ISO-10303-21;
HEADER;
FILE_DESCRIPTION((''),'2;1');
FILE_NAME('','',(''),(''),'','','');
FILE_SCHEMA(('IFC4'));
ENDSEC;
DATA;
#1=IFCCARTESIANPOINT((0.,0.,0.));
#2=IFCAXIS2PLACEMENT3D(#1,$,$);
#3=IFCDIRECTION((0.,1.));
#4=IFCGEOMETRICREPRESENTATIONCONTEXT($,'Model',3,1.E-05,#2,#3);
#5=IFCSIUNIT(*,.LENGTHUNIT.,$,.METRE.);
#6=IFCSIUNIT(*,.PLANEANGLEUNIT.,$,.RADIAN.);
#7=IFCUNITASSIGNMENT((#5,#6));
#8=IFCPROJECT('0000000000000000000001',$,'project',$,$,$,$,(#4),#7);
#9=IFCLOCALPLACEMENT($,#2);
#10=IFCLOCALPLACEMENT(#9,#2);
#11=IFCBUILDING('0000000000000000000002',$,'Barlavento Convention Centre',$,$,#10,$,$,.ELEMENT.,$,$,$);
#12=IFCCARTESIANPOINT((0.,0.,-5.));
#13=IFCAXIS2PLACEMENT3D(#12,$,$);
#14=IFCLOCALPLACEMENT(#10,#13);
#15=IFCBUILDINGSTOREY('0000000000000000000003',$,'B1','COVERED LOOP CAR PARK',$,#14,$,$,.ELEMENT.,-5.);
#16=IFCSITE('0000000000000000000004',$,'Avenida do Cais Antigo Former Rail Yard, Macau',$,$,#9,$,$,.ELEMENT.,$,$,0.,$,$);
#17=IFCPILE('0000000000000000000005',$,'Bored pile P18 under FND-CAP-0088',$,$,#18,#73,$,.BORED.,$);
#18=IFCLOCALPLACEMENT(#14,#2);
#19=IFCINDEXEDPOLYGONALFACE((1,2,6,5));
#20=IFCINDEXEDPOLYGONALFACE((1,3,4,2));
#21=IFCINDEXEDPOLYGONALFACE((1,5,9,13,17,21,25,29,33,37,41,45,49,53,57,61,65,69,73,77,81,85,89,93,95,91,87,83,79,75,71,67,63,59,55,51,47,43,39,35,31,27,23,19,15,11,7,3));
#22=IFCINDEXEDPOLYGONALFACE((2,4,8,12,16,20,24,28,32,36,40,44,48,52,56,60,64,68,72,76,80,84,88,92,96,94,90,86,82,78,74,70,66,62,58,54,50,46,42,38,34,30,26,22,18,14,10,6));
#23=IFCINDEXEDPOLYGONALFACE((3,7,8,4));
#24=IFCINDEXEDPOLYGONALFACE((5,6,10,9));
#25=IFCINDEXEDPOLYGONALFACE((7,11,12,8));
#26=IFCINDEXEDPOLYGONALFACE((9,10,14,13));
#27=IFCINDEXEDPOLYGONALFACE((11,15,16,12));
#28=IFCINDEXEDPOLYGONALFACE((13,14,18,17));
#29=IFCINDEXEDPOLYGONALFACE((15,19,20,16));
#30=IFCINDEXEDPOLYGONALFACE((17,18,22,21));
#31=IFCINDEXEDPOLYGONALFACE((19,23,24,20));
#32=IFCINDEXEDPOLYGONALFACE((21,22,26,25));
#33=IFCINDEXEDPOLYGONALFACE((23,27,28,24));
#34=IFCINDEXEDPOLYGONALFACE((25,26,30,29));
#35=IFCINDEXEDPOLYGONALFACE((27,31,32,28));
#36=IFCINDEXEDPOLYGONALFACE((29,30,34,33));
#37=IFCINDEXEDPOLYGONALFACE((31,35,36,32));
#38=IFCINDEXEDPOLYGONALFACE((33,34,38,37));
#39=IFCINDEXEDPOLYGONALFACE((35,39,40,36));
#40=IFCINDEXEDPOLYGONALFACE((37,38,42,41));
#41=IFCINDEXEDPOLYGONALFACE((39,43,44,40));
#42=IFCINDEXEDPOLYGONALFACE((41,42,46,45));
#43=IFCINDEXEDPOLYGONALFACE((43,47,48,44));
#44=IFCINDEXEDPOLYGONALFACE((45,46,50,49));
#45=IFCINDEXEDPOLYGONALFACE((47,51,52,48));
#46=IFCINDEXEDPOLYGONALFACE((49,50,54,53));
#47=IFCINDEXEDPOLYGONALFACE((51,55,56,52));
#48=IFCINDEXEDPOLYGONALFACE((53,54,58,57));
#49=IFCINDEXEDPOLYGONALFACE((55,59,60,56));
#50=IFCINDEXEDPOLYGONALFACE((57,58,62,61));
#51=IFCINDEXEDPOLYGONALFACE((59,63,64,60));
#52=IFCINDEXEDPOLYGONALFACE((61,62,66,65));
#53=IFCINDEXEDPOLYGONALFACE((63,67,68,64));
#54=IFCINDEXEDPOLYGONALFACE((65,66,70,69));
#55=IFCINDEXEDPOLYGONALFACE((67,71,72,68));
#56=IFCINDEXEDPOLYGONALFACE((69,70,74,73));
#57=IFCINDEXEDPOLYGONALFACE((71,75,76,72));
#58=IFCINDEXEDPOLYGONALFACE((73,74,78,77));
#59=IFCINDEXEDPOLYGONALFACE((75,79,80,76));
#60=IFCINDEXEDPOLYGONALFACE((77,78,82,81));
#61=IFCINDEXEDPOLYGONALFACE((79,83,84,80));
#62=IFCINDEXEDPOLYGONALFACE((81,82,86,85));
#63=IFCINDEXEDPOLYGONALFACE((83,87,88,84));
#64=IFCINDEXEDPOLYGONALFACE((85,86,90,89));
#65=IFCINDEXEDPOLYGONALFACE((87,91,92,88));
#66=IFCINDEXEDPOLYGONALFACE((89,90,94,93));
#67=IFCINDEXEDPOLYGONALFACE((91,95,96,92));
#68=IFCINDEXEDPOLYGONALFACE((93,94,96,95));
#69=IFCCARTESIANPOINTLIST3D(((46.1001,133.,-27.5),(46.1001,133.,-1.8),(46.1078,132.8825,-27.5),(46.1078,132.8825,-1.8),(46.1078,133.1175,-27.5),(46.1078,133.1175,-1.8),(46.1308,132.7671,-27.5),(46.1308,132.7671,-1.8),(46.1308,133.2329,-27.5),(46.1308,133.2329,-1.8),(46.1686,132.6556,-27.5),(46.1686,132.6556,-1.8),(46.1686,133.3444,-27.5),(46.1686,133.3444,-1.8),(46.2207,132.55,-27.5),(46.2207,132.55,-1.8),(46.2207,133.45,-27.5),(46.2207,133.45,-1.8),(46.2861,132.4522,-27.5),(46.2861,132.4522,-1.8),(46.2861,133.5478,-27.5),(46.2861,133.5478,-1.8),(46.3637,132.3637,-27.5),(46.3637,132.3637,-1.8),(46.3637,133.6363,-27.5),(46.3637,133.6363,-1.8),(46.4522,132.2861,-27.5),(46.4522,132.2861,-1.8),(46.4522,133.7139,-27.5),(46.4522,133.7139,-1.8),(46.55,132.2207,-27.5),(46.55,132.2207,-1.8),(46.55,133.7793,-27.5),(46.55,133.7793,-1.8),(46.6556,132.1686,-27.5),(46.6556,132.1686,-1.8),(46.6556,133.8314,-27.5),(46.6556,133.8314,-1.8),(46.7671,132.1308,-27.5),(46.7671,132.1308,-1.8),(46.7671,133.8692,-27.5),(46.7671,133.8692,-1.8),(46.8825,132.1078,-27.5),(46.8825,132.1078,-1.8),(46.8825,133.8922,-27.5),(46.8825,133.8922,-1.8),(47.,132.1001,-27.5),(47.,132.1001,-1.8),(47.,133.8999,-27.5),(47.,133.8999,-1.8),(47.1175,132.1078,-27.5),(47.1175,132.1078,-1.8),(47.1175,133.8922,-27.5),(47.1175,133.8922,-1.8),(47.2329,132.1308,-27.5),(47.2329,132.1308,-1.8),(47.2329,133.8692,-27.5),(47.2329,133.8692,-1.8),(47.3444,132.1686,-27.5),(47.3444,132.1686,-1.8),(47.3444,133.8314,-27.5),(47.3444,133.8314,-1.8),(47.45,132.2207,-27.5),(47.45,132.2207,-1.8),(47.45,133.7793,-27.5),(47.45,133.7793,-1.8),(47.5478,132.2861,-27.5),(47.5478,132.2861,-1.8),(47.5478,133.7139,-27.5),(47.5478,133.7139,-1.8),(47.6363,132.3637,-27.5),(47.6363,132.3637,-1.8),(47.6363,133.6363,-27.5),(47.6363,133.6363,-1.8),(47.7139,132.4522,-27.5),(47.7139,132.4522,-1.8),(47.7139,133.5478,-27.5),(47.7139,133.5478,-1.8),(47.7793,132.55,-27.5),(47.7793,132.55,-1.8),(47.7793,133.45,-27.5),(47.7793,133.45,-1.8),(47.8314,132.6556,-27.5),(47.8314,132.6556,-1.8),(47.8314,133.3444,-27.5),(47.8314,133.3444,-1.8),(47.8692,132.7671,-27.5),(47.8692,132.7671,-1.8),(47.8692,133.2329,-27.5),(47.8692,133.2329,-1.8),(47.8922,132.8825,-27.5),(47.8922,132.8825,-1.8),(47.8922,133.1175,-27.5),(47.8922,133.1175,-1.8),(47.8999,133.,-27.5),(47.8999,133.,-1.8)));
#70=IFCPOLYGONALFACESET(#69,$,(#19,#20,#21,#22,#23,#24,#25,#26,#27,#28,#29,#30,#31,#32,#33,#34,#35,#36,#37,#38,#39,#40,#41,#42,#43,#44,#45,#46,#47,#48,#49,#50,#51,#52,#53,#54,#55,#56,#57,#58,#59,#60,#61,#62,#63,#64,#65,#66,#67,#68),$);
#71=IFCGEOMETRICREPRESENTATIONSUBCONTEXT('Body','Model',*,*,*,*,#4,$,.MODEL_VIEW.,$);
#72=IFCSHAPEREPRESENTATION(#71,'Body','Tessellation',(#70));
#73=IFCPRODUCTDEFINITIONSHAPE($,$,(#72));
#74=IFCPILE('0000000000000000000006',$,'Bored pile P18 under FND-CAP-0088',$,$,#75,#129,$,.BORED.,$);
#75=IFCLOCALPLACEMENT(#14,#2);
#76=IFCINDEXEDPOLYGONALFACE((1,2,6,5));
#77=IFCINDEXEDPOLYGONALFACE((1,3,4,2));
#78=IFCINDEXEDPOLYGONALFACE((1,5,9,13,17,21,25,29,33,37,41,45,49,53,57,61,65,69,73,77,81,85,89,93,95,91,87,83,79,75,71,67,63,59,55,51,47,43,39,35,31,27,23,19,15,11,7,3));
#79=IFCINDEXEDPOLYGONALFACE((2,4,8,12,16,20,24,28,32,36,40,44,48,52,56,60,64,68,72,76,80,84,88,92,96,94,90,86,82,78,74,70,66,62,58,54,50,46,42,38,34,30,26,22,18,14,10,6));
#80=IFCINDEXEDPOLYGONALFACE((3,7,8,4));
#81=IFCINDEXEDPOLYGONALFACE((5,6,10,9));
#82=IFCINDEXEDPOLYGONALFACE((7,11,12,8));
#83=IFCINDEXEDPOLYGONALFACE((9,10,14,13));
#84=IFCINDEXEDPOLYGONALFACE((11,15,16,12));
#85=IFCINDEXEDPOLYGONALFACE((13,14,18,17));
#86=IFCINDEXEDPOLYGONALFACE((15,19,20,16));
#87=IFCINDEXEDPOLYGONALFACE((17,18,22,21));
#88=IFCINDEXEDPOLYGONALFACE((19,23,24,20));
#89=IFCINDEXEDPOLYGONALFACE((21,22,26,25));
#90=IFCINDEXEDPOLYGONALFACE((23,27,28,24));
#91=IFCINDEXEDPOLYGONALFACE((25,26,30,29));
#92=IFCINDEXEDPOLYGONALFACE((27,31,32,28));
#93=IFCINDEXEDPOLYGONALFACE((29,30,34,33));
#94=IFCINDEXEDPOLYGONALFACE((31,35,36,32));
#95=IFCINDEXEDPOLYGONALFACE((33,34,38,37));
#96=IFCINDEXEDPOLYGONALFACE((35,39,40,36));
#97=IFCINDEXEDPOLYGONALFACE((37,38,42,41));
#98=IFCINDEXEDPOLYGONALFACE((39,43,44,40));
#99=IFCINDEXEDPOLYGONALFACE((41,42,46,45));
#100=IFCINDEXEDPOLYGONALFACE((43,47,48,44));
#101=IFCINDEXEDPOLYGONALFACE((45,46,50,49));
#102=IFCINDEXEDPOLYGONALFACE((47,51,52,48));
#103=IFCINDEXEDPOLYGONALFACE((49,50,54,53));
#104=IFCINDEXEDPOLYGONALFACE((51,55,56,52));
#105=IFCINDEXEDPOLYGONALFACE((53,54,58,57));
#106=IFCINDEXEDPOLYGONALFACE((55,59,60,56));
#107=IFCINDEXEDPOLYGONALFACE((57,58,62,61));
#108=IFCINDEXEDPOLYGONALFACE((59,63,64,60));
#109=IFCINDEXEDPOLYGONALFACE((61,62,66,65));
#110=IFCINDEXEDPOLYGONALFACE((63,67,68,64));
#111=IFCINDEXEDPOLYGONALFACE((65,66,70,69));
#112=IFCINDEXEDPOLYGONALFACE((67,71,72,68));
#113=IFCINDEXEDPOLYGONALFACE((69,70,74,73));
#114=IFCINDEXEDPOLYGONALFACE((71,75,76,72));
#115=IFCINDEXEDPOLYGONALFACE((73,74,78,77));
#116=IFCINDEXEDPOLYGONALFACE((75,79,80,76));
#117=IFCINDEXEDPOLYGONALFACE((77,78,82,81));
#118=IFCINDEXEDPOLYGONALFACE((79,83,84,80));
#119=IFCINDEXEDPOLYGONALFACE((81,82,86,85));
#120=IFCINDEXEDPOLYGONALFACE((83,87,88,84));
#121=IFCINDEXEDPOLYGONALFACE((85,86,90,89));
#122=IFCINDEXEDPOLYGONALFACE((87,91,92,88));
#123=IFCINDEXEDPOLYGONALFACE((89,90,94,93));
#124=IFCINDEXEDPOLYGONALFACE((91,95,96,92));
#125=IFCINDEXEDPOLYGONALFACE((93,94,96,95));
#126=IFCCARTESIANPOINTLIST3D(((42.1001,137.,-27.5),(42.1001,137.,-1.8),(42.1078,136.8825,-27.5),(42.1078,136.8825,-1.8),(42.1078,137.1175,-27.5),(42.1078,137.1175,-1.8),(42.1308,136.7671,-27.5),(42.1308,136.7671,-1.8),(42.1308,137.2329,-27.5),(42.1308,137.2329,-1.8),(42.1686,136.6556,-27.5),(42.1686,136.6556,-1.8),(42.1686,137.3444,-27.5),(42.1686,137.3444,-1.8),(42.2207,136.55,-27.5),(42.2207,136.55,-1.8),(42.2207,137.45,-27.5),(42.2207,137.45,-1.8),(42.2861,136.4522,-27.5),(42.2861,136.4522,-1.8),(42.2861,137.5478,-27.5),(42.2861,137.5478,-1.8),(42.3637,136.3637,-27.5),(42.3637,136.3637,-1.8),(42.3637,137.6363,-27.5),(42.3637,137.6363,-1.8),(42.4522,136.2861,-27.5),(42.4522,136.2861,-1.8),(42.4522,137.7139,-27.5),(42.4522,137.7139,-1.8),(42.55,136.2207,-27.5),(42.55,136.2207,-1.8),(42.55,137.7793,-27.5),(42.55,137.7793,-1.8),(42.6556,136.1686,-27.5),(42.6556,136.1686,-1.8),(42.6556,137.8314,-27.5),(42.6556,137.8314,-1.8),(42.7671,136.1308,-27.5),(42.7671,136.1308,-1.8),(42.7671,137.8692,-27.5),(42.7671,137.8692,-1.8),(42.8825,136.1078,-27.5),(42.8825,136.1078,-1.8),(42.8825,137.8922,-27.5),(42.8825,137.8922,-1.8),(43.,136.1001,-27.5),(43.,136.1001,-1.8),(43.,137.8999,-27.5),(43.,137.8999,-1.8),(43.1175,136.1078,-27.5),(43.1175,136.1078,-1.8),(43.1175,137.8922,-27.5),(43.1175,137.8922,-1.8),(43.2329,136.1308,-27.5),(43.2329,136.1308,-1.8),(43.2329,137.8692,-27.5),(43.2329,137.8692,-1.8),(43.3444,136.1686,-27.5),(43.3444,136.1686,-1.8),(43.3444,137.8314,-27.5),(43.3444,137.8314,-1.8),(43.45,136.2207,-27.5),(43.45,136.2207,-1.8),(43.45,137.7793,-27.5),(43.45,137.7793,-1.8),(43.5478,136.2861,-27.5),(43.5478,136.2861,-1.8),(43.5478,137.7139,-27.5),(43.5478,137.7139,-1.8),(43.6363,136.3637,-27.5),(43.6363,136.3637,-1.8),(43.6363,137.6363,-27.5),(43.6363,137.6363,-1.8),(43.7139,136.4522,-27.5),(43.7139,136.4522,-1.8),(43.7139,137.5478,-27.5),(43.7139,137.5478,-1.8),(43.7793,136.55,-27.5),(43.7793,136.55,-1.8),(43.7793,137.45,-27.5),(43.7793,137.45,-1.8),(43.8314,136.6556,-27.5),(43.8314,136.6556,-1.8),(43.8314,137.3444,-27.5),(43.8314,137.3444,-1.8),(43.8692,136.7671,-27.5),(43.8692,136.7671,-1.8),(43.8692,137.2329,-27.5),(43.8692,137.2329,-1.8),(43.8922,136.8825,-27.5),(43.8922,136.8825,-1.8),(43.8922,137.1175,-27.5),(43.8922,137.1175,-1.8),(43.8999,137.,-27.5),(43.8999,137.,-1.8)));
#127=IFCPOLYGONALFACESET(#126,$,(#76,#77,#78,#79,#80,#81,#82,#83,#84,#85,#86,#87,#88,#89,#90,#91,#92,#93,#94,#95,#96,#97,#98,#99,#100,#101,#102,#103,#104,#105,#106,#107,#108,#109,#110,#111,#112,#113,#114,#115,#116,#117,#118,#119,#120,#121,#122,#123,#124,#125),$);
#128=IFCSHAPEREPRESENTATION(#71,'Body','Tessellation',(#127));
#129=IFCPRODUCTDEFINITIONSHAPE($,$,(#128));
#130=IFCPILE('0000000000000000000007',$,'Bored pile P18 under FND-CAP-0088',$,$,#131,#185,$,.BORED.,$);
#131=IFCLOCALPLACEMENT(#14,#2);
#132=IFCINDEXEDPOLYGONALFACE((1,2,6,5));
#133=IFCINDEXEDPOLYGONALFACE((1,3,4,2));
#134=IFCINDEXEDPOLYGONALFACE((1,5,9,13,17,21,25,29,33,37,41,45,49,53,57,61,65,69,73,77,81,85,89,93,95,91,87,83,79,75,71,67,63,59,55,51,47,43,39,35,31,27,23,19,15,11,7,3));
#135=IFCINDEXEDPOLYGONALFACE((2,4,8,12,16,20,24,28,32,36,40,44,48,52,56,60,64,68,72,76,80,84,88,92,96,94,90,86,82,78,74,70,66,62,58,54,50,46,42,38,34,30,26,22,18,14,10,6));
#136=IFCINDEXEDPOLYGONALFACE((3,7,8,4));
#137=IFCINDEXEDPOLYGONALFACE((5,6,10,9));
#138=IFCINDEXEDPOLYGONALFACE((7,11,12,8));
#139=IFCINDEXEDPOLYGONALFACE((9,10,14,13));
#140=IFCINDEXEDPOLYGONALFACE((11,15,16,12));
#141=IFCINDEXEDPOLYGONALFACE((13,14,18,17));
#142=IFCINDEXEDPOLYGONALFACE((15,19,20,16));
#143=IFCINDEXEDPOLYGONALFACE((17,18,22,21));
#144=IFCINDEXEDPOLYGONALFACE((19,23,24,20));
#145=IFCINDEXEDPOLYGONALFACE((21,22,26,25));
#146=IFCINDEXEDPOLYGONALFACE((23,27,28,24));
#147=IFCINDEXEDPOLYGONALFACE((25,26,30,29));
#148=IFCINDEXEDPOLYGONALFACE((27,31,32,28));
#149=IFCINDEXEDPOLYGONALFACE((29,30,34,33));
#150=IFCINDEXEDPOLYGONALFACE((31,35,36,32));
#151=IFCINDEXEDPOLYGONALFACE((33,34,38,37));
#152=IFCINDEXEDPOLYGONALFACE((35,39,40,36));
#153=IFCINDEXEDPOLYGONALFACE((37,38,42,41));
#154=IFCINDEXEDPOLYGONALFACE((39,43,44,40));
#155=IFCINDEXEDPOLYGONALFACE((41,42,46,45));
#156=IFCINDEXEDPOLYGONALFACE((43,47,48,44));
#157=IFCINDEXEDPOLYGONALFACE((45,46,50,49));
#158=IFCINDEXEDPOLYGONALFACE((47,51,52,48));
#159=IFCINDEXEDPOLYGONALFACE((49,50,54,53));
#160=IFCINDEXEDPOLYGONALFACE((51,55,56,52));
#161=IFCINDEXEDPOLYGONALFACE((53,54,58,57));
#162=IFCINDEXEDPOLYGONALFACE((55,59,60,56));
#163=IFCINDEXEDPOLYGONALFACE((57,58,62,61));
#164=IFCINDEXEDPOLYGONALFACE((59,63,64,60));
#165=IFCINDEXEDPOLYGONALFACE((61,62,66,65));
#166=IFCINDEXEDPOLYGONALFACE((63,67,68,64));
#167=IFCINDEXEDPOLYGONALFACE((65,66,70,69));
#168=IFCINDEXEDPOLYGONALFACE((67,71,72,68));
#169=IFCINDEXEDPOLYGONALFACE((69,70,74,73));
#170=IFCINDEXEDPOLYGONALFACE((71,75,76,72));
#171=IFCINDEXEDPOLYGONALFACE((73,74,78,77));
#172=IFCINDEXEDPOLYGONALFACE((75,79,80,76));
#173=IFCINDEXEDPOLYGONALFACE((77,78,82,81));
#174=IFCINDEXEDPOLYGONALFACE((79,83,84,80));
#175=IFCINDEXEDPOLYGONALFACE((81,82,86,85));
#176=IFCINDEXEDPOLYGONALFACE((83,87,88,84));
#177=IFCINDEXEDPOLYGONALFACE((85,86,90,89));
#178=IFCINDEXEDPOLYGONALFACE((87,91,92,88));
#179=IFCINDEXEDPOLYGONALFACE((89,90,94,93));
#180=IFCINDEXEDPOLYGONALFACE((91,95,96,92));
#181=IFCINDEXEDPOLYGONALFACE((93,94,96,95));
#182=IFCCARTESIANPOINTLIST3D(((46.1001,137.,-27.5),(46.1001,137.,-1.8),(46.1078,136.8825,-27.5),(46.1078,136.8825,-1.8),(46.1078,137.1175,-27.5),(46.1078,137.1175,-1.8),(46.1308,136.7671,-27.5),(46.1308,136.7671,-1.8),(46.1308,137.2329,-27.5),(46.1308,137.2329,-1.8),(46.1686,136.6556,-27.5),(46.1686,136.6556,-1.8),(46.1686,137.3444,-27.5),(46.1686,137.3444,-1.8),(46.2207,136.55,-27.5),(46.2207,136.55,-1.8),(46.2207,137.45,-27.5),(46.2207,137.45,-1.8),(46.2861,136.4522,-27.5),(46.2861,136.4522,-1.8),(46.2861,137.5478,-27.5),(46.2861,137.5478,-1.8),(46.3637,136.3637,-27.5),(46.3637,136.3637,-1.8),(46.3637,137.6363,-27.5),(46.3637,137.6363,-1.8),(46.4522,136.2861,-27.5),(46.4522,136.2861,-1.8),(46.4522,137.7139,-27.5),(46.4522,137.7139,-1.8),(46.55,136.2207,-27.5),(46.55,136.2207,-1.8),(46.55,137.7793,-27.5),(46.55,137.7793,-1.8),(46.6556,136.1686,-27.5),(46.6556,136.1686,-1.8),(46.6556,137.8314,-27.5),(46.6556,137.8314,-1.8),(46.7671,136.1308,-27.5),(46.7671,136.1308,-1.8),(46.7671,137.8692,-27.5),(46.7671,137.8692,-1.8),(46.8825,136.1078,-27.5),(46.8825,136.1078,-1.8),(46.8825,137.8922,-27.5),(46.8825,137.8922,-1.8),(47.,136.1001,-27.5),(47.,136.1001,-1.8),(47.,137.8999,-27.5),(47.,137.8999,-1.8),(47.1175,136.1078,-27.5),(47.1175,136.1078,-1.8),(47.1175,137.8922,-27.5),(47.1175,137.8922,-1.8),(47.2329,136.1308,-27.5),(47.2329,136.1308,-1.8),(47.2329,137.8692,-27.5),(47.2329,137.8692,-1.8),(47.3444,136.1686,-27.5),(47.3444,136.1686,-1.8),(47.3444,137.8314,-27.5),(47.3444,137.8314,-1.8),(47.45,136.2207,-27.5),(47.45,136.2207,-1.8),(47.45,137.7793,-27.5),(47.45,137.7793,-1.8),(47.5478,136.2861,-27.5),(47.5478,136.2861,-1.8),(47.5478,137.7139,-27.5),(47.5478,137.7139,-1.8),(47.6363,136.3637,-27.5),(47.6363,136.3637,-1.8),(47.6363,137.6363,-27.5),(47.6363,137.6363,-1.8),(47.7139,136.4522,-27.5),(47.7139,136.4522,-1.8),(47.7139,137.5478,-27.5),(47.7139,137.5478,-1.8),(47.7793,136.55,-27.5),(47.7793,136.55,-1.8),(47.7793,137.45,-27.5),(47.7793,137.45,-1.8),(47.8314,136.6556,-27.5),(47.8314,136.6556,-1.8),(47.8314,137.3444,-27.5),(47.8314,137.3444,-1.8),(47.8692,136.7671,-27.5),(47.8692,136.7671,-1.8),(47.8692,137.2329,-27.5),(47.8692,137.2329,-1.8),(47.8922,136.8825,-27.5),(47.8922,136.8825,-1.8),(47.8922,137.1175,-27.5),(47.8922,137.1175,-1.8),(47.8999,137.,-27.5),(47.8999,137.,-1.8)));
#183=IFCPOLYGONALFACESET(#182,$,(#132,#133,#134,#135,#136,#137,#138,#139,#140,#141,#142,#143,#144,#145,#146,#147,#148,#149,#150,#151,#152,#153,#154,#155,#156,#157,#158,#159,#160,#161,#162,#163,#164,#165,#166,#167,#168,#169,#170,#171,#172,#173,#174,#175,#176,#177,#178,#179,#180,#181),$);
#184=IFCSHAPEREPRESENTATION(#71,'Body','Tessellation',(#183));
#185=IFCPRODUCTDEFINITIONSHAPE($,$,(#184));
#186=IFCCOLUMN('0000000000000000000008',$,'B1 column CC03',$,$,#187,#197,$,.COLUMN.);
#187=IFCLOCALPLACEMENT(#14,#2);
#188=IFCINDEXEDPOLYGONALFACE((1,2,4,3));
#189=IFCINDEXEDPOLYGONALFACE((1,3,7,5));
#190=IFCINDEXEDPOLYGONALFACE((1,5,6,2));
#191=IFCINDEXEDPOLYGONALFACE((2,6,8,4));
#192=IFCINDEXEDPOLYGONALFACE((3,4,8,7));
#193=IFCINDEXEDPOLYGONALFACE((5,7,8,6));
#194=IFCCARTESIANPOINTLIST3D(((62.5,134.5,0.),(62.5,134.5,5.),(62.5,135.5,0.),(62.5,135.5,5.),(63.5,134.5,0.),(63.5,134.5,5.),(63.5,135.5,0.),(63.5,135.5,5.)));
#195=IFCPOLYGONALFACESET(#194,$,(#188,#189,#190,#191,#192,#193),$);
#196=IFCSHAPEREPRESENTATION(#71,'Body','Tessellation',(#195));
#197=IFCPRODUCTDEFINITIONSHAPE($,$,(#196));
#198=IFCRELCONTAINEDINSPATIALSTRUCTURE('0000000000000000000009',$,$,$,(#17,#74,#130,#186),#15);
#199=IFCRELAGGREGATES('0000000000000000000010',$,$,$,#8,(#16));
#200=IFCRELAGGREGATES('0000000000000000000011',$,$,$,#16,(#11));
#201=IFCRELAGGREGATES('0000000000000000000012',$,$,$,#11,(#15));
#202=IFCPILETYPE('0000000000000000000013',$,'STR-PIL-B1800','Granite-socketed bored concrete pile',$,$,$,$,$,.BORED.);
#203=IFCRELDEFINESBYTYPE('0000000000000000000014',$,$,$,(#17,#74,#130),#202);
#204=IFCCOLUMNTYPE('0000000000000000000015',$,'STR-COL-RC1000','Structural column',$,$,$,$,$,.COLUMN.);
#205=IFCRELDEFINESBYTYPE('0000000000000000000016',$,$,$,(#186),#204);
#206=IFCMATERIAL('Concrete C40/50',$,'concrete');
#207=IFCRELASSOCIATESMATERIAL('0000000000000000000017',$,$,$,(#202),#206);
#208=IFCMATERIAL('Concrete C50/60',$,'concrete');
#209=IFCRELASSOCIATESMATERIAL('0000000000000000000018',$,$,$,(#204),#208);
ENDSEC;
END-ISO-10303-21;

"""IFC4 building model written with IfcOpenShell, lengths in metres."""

from ifc_helpers import new_model, si_unit, direction, frame, origin, origin_2d, place, context, subcontext, project, spatial, rectangle, circle, extrude, material, material_profile, profile_set, type_object, element, save


model = new_model("IFC4")

# Units and contexts
model_context = context("Model", 3, precision=1e-05, world=origin(), true_north=direction((0.0, 1.0)))
body_context = subcontext(model_context, "Body", "Model", "MODEL_VIEW")
ifc_project = project(units=[si_unit("LENGTHUNIT", "METRE"), si_unit("PLANEANGLEUNIT", "RADIAN")], contexts=[model_context])

# Site, building, storey
site_placement = place(None, origin())
site = spatial("IfcSite", under=ifc_project, at=site_placement, Name="Avenida do Cais Antigo Former Rail Yard, Macau", CompositionType="ELEMENT", RefElevation=0.0)
building_placement = place(site_placement, origin())
building = spatial("IfcBuilding", under=site, at=building_placement, Name="Barlavento Convention Centre", CompositionType="ELEMENT")
storey_placement = place(building_placement, frame((0.0, 0.0, -5.0)))
storey = spatial("IfcBuildingStorey", under=building, at=storey_placement, Name="B1", Description="COVERED LOOP CAR PARK", CompositionType="ELEMENT", Elevation=-5.0)

# Shared definitions
ifc_material_1 = material(Name="Concrete C40/50", Category="concrete")

# Piles
ifc_material_profile_1 = material_profile(ifc_material_1, circle(Radius=0.8999, at=origin_2d()), Name="BORED PILE 1800")
ifc_profile_set_1 = profile_set([ifc_material_profile_1], Name="Concrete C40/50")
pile_type_1 = type_object("IfcPileType", Name="STR-PIL-B1800", Description="Granite-socketed bored concrete pile", PredefinedType="BORED", material=ifc_profile_set_1)
for number, where, z_axis, x_axis, name in (
    (1, (47.0, 133.0, -1.8), (0.0, 0.0, -1.0), (1.0, 0.0, 0.0), "Bored pile P18 under FND-CAP-0088"),
    (2, (43.0, 137.0, -1.8), (0.0, 0.0, -1.0), (1.0, 0.0, 0.0), "Bored pile P18 under FND-CAP-0088"),
    (3, (47.0, 137.0, -1.8), (0.0, 0.0, -1.0), (1.0, 0.0, 0.0), "Bored pile P18 under FND-CAP-0088"),
):
    element("IfcPile", number, at=place(storey_placement, frame(where, z_axis=z_axis, x_axis=x_axis)), inside=storey, type_object=pile_type_1, Name=name, PredefinedType="BORED", context=body_context, shape_type="SweptSolid", body=[
        extrude(circle(Radius=0.8999, at=origin_2d()), origin(), (0.0, 0.0, 1.0), 25.7),
    ])

# Column
ifc_material_2 = material(Name="Concrete C50/60", Category="concrete")
ifc_material_profile_2 = material_profile(ifc_material_2, rectangle(XDim=1.0, YDim=1.0, at=origin_2d()), Name="RC 1000x1000")
ifc_profile_set_2 = profile_set([ifc_material_profile_2], Name="Concrete C50/60")
column_type_1 = type_object("IfcColumnType", Name="STR-COL-RC1000", Description="Structural column", PredefinedType="COLUMN", material=ifc_profile_set_2)
column_1_placement = place(storey_placement, frame((63.0, 135.0, 0.0), z_axis=(0.0, 0.0, 1.0), x_axis=(1.0, 0.0, 0.0)))
element("IfcColumn", 4, at=column_1_placement, inside=storey, type_object=column_type_1, Name="B1 column CC03", PredefinedType="COLUMN", context=body_context, shape_type="SweptSolid", body=[
    extrude(rectangle(XDim=1.0, YDim=1.0, at=origin_2d()), origin(), (0.0, 0.0, 1.0), 5.0),
])

save(model, "model.ifc")
